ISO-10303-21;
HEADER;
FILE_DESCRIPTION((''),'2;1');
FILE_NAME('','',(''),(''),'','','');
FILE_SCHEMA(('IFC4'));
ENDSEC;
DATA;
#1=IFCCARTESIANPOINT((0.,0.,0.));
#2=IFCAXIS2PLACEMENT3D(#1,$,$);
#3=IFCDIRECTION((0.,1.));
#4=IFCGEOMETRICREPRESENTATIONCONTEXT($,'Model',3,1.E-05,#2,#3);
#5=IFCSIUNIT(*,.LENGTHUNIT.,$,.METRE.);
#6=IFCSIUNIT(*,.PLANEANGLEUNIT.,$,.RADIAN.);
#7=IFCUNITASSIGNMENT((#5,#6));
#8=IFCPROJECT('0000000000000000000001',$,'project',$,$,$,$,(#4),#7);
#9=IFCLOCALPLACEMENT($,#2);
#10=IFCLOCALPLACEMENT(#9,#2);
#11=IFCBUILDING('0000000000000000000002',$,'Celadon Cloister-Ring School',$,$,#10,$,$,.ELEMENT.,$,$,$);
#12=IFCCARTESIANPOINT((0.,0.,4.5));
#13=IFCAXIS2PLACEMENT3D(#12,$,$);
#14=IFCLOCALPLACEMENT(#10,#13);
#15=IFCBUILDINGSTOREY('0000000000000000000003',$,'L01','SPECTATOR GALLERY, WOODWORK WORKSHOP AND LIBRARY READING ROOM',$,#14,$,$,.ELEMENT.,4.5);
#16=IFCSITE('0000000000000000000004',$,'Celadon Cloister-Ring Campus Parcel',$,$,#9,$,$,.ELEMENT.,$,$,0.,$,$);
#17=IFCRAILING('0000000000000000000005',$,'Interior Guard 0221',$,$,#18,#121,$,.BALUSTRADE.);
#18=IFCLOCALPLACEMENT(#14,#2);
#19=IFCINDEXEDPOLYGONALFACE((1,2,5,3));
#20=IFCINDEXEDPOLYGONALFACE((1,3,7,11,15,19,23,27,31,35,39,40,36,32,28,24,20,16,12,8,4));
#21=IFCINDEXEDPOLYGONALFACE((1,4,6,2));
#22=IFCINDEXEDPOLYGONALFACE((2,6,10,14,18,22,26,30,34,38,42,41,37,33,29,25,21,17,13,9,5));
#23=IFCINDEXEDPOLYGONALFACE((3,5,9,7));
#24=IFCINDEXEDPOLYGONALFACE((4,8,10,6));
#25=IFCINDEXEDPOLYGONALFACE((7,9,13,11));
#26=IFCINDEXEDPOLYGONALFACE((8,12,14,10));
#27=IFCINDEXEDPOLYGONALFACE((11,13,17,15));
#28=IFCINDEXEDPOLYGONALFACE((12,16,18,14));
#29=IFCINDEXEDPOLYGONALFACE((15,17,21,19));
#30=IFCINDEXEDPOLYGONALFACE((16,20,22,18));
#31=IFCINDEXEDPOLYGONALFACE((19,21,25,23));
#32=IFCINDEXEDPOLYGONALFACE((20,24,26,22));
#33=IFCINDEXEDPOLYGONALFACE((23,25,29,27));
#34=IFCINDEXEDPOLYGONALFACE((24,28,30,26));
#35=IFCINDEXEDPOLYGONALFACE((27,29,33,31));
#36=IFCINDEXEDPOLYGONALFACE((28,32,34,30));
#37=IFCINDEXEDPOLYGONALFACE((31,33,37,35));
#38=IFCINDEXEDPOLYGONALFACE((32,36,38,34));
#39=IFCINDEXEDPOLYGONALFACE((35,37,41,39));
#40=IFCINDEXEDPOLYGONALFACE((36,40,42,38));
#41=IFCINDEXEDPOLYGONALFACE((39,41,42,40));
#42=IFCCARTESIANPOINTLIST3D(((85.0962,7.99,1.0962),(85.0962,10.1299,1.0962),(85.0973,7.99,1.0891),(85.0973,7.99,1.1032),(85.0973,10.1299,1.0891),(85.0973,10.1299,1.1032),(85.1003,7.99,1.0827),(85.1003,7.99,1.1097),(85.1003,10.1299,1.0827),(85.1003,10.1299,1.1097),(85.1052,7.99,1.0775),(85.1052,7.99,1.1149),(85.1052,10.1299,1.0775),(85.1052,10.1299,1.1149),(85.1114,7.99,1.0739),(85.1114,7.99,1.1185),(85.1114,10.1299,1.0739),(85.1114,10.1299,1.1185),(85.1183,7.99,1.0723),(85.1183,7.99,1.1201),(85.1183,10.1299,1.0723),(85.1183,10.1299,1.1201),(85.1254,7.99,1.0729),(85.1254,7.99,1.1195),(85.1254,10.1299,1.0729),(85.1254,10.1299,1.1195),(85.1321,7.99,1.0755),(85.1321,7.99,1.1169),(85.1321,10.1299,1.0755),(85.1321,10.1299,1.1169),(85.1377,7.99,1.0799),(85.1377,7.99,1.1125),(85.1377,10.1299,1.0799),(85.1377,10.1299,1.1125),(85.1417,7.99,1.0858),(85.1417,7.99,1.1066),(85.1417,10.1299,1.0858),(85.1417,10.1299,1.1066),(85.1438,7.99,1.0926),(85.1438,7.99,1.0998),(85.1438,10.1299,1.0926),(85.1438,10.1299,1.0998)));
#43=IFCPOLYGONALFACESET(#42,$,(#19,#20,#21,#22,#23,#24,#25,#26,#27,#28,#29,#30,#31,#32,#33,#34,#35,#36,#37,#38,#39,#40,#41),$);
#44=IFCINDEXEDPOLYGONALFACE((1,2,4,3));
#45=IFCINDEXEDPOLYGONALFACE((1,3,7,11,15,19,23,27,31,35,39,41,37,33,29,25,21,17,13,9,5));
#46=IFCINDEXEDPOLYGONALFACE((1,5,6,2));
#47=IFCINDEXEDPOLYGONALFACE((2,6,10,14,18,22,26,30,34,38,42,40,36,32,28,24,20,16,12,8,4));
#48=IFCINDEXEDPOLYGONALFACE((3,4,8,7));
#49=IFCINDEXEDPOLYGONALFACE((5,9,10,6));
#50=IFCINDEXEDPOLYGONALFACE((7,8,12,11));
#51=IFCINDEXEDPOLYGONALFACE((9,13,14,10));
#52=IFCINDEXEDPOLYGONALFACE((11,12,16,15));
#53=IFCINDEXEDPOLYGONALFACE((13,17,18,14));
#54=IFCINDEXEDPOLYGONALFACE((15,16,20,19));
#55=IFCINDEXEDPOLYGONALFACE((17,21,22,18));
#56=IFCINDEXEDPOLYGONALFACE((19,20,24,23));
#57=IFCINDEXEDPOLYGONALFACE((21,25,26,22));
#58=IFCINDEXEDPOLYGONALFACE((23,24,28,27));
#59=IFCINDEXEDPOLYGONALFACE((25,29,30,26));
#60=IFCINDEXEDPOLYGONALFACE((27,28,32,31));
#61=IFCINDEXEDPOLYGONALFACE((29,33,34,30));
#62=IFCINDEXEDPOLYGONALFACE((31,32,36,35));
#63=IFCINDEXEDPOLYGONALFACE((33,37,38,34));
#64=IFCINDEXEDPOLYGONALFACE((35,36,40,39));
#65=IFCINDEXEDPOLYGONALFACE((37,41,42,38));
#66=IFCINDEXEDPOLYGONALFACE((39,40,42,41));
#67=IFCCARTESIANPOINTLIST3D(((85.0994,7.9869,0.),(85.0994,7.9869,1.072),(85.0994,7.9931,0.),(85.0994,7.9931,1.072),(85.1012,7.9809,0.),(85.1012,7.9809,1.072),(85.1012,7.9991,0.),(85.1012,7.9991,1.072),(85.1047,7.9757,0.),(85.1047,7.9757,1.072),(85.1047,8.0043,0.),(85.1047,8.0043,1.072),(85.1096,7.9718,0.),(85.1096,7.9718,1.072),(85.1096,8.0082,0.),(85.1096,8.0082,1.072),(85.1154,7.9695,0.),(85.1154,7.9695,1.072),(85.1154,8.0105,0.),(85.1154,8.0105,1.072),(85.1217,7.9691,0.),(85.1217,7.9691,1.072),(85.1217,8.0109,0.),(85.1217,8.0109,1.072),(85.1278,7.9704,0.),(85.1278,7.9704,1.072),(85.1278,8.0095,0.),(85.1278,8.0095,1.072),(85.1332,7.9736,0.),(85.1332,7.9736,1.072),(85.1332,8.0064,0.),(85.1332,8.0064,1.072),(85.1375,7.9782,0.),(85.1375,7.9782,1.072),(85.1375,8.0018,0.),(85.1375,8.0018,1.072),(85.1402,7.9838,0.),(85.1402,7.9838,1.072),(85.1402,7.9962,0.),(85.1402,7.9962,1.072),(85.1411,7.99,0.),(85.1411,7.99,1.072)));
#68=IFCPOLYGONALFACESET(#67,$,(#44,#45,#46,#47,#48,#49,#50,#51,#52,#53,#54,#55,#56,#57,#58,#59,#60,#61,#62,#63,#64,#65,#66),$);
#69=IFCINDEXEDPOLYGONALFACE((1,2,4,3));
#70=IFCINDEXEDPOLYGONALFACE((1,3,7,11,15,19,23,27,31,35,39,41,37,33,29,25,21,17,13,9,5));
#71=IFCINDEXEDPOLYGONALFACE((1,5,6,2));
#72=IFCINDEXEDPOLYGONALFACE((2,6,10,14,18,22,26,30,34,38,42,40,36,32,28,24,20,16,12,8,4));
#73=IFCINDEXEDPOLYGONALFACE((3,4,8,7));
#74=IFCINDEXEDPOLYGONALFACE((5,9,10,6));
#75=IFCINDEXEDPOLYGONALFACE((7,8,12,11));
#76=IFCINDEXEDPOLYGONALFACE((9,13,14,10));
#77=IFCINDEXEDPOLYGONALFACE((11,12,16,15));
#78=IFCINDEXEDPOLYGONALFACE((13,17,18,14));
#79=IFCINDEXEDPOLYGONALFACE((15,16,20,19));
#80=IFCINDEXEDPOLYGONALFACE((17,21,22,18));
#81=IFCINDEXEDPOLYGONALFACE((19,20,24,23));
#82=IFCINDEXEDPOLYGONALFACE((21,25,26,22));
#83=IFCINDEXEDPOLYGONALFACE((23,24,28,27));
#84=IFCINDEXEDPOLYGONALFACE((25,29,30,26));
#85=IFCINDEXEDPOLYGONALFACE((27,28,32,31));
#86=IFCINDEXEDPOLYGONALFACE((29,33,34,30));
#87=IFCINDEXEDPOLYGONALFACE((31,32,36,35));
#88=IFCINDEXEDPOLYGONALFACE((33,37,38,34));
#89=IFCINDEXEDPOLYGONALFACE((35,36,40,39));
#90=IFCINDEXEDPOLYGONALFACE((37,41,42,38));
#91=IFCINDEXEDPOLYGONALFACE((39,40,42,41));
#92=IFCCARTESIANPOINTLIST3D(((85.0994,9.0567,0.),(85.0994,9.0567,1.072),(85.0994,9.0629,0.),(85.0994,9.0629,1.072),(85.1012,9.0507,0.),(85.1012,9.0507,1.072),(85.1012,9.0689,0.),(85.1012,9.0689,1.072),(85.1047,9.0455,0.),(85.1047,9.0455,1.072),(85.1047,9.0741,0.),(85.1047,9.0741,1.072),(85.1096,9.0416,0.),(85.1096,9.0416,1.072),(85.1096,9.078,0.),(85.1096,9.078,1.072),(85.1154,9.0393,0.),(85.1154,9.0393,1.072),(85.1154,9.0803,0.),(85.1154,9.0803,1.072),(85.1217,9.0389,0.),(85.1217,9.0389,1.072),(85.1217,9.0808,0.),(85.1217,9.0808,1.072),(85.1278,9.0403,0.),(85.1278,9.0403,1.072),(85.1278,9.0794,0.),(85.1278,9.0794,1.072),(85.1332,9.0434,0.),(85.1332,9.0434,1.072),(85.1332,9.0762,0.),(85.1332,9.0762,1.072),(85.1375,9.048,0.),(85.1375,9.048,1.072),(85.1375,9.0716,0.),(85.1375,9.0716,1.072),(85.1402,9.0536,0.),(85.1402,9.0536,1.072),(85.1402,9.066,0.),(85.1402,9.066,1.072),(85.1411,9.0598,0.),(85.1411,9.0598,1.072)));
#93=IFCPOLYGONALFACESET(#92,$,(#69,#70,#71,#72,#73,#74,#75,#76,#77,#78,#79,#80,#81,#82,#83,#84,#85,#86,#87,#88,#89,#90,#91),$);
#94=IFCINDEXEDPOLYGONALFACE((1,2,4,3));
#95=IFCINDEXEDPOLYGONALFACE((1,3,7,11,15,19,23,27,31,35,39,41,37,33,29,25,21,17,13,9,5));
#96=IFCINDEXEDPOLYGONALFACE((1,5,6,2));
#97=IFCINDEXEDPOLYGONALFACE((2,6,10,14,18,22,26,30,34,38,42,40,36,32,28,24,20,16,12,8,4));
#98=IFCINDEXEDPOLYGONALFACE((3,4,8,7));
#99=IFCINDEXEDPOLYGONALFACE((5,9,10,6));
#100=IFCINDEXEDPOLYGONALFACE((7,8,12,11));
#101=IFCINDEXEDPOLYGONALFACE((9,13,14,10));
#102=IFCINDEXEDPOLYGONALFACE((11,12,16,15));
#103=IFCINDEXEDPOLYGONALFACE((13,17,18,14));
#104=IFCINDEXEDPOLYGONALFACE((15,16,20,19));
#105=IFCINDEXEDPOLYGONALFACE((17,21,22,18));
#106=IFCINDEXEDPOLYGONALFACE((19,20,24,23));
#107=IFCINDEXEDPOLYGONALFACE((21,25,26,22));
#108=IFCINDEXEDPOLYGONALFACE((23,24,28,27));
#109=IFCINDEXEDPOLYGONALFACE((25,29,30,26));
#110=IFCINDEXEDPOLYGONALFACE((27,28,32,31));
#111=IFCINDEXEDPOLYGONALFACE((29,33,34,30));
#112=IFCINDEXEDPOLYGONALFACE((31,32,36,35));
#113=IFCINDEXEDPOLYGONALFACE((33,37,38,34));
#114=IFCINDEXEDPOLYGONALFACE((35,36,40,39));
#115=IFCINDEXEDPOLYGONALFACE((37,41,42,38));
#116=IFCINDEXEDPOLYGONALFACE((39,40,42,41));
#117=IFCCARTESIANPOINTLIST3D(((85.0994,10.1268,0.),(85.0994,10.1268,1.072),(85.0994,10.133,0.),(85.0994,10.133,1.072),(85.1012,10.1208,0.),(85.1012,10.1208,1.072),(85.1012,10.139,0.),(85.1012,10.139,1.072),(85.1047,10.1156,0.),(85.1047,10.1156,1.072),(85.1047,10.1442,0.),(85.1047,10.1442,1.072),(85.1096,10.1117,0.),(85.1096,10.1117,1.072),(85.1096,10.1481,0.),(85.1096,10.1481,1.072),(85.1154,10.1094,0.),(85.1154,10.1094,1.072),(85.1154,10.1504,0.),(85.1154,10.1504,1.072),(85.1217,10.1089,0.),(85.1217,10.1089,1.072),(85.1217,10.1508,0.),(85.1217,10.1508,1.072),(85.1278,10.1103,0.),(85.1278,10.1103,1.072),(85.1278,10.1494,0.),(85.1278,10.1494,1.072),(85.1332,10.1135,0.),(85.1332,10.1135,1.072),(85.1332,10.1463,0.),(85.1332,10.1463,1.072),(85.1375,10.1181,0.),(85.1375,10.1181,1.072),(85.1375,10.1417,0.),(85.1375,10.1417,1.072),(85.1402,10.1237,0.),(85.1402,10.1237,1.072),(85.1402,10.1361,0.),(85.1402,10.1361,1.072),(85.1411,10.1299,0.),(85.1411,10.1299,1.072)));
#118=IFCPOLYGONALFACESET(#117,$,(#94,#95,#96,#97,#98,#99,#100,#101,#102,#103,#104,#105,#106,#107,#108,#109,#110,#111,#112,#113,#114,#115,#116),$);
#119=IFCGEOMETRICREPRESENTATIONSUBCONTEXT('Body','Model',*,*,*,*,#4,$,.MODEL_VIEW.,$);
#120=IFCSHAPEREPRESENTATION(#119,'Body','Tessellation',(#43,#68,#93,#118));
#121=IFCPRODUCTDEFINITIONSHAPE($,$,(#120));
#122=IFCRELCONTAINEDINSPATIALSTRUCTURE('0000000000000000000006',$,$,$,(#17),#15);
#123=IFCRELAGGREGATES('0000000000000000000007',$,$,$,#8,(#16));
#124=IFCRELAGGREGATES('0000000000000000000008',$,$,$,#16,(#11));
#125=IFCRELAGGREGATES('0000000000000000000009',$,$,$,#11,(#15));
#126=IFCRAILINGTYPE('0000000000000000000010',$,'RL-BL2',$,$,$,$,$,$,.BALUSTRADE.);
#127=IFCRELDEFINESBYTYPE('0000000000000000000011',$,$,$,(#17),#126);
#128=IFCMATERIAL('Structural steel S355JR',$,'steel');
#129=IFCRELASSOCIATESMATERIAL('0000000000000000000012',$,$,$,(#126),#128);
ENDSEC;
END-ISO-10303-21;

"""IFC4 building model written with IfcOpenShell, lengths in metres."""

from ifc_helpers import new_model, si_unit, direction, frame, origin, origin_2d, place, context, subcontext, project, spatial, circle, extrude, material, type_object, element, save


model = new_model("IFC4")

# Units and contexts
model_context = context("Model", 3, precision=1e-05, world=origin(), true_north=direction((0.0, 1.0)))
body_context = subcontext(model_context, "Body", "Model", "MODEL_VIEW")
ifc_project = project(units=[si_unit("LENGTHUNIT", "METRE"), si_unit("PLANEANGLEUNIT", "RADIAN")], contexts=[model_context])

# Site, building, storey
site_placement = place(None, origin())
site = spatial("IfcSite", under=ifc_project, at=site_placement, Name="Celadon Cloister-Ring Campus Parcel", CompositionType="ELEMENT", RefElevation=0.0)
building_placement = place(site_placement, origin())
building = spatial("IfcBuilding", under=site, at=building_placement, Name="Celadon Cloister-Ring School", CompositionType="ELEMENT")
storey_placement = place(building_placement, frame((0.0, 0.0, 4.5)))
storey = spatial("IfcBuildingStorey", under=building, at=storey_placement, Name="L01", Description="SPECTATOR GALLERY, WOODWORK WORKSHOP AND LIBRARY READING ROOM", CompositionType="ELEMENT", Elevation=4.5)

# Railing
ifc_material_1 = material(Name="Structural steel S355JR", Category="steel")
railing_type_1 = type_object("IfcRailingType", Name="RL-BL2", PredefinedType="BALUSTRADE", material=ifc_material_1)
railing_1_placement = place(storey_placement, frame((85.1201, 7.99, 0.0)))
element("IfcRailing", 1, at=railing_1_placement, inside=storey, type_object=railing_type_1, Name="Interior Guard 0221", PredefinedType="BALUSTRADE", context=body_context, shape_type="SweptSolid", body=[
    extrude(circle(Radius=0.0239, at=origin_2d()), frame((0.0, 0.0, 1.0962), z_axis=(0.0, 1.0, 0.0), x_axis=(-1.0, 0.0, 0.0)), (0.0, 0.0, 1.0), 2.1399),
    extrude(circle(Radius=0.021, at=origin_2d()), origin(), (0.0, 0.0, 1.0), 1.072),
    extrude(circle(Radius=0.021, at=origin_2d()), frame((0.0, 1.0698, 0.0)), (0.0, 0.0, 1.0), 1.072),
    extrude(circle(Radius=0.021, at=origin_2d()), frame((0.0, 2.1399, 0.0)), (0.0, 0.0, 1.0), 1.072),
])

save(model, "model.ifc")
